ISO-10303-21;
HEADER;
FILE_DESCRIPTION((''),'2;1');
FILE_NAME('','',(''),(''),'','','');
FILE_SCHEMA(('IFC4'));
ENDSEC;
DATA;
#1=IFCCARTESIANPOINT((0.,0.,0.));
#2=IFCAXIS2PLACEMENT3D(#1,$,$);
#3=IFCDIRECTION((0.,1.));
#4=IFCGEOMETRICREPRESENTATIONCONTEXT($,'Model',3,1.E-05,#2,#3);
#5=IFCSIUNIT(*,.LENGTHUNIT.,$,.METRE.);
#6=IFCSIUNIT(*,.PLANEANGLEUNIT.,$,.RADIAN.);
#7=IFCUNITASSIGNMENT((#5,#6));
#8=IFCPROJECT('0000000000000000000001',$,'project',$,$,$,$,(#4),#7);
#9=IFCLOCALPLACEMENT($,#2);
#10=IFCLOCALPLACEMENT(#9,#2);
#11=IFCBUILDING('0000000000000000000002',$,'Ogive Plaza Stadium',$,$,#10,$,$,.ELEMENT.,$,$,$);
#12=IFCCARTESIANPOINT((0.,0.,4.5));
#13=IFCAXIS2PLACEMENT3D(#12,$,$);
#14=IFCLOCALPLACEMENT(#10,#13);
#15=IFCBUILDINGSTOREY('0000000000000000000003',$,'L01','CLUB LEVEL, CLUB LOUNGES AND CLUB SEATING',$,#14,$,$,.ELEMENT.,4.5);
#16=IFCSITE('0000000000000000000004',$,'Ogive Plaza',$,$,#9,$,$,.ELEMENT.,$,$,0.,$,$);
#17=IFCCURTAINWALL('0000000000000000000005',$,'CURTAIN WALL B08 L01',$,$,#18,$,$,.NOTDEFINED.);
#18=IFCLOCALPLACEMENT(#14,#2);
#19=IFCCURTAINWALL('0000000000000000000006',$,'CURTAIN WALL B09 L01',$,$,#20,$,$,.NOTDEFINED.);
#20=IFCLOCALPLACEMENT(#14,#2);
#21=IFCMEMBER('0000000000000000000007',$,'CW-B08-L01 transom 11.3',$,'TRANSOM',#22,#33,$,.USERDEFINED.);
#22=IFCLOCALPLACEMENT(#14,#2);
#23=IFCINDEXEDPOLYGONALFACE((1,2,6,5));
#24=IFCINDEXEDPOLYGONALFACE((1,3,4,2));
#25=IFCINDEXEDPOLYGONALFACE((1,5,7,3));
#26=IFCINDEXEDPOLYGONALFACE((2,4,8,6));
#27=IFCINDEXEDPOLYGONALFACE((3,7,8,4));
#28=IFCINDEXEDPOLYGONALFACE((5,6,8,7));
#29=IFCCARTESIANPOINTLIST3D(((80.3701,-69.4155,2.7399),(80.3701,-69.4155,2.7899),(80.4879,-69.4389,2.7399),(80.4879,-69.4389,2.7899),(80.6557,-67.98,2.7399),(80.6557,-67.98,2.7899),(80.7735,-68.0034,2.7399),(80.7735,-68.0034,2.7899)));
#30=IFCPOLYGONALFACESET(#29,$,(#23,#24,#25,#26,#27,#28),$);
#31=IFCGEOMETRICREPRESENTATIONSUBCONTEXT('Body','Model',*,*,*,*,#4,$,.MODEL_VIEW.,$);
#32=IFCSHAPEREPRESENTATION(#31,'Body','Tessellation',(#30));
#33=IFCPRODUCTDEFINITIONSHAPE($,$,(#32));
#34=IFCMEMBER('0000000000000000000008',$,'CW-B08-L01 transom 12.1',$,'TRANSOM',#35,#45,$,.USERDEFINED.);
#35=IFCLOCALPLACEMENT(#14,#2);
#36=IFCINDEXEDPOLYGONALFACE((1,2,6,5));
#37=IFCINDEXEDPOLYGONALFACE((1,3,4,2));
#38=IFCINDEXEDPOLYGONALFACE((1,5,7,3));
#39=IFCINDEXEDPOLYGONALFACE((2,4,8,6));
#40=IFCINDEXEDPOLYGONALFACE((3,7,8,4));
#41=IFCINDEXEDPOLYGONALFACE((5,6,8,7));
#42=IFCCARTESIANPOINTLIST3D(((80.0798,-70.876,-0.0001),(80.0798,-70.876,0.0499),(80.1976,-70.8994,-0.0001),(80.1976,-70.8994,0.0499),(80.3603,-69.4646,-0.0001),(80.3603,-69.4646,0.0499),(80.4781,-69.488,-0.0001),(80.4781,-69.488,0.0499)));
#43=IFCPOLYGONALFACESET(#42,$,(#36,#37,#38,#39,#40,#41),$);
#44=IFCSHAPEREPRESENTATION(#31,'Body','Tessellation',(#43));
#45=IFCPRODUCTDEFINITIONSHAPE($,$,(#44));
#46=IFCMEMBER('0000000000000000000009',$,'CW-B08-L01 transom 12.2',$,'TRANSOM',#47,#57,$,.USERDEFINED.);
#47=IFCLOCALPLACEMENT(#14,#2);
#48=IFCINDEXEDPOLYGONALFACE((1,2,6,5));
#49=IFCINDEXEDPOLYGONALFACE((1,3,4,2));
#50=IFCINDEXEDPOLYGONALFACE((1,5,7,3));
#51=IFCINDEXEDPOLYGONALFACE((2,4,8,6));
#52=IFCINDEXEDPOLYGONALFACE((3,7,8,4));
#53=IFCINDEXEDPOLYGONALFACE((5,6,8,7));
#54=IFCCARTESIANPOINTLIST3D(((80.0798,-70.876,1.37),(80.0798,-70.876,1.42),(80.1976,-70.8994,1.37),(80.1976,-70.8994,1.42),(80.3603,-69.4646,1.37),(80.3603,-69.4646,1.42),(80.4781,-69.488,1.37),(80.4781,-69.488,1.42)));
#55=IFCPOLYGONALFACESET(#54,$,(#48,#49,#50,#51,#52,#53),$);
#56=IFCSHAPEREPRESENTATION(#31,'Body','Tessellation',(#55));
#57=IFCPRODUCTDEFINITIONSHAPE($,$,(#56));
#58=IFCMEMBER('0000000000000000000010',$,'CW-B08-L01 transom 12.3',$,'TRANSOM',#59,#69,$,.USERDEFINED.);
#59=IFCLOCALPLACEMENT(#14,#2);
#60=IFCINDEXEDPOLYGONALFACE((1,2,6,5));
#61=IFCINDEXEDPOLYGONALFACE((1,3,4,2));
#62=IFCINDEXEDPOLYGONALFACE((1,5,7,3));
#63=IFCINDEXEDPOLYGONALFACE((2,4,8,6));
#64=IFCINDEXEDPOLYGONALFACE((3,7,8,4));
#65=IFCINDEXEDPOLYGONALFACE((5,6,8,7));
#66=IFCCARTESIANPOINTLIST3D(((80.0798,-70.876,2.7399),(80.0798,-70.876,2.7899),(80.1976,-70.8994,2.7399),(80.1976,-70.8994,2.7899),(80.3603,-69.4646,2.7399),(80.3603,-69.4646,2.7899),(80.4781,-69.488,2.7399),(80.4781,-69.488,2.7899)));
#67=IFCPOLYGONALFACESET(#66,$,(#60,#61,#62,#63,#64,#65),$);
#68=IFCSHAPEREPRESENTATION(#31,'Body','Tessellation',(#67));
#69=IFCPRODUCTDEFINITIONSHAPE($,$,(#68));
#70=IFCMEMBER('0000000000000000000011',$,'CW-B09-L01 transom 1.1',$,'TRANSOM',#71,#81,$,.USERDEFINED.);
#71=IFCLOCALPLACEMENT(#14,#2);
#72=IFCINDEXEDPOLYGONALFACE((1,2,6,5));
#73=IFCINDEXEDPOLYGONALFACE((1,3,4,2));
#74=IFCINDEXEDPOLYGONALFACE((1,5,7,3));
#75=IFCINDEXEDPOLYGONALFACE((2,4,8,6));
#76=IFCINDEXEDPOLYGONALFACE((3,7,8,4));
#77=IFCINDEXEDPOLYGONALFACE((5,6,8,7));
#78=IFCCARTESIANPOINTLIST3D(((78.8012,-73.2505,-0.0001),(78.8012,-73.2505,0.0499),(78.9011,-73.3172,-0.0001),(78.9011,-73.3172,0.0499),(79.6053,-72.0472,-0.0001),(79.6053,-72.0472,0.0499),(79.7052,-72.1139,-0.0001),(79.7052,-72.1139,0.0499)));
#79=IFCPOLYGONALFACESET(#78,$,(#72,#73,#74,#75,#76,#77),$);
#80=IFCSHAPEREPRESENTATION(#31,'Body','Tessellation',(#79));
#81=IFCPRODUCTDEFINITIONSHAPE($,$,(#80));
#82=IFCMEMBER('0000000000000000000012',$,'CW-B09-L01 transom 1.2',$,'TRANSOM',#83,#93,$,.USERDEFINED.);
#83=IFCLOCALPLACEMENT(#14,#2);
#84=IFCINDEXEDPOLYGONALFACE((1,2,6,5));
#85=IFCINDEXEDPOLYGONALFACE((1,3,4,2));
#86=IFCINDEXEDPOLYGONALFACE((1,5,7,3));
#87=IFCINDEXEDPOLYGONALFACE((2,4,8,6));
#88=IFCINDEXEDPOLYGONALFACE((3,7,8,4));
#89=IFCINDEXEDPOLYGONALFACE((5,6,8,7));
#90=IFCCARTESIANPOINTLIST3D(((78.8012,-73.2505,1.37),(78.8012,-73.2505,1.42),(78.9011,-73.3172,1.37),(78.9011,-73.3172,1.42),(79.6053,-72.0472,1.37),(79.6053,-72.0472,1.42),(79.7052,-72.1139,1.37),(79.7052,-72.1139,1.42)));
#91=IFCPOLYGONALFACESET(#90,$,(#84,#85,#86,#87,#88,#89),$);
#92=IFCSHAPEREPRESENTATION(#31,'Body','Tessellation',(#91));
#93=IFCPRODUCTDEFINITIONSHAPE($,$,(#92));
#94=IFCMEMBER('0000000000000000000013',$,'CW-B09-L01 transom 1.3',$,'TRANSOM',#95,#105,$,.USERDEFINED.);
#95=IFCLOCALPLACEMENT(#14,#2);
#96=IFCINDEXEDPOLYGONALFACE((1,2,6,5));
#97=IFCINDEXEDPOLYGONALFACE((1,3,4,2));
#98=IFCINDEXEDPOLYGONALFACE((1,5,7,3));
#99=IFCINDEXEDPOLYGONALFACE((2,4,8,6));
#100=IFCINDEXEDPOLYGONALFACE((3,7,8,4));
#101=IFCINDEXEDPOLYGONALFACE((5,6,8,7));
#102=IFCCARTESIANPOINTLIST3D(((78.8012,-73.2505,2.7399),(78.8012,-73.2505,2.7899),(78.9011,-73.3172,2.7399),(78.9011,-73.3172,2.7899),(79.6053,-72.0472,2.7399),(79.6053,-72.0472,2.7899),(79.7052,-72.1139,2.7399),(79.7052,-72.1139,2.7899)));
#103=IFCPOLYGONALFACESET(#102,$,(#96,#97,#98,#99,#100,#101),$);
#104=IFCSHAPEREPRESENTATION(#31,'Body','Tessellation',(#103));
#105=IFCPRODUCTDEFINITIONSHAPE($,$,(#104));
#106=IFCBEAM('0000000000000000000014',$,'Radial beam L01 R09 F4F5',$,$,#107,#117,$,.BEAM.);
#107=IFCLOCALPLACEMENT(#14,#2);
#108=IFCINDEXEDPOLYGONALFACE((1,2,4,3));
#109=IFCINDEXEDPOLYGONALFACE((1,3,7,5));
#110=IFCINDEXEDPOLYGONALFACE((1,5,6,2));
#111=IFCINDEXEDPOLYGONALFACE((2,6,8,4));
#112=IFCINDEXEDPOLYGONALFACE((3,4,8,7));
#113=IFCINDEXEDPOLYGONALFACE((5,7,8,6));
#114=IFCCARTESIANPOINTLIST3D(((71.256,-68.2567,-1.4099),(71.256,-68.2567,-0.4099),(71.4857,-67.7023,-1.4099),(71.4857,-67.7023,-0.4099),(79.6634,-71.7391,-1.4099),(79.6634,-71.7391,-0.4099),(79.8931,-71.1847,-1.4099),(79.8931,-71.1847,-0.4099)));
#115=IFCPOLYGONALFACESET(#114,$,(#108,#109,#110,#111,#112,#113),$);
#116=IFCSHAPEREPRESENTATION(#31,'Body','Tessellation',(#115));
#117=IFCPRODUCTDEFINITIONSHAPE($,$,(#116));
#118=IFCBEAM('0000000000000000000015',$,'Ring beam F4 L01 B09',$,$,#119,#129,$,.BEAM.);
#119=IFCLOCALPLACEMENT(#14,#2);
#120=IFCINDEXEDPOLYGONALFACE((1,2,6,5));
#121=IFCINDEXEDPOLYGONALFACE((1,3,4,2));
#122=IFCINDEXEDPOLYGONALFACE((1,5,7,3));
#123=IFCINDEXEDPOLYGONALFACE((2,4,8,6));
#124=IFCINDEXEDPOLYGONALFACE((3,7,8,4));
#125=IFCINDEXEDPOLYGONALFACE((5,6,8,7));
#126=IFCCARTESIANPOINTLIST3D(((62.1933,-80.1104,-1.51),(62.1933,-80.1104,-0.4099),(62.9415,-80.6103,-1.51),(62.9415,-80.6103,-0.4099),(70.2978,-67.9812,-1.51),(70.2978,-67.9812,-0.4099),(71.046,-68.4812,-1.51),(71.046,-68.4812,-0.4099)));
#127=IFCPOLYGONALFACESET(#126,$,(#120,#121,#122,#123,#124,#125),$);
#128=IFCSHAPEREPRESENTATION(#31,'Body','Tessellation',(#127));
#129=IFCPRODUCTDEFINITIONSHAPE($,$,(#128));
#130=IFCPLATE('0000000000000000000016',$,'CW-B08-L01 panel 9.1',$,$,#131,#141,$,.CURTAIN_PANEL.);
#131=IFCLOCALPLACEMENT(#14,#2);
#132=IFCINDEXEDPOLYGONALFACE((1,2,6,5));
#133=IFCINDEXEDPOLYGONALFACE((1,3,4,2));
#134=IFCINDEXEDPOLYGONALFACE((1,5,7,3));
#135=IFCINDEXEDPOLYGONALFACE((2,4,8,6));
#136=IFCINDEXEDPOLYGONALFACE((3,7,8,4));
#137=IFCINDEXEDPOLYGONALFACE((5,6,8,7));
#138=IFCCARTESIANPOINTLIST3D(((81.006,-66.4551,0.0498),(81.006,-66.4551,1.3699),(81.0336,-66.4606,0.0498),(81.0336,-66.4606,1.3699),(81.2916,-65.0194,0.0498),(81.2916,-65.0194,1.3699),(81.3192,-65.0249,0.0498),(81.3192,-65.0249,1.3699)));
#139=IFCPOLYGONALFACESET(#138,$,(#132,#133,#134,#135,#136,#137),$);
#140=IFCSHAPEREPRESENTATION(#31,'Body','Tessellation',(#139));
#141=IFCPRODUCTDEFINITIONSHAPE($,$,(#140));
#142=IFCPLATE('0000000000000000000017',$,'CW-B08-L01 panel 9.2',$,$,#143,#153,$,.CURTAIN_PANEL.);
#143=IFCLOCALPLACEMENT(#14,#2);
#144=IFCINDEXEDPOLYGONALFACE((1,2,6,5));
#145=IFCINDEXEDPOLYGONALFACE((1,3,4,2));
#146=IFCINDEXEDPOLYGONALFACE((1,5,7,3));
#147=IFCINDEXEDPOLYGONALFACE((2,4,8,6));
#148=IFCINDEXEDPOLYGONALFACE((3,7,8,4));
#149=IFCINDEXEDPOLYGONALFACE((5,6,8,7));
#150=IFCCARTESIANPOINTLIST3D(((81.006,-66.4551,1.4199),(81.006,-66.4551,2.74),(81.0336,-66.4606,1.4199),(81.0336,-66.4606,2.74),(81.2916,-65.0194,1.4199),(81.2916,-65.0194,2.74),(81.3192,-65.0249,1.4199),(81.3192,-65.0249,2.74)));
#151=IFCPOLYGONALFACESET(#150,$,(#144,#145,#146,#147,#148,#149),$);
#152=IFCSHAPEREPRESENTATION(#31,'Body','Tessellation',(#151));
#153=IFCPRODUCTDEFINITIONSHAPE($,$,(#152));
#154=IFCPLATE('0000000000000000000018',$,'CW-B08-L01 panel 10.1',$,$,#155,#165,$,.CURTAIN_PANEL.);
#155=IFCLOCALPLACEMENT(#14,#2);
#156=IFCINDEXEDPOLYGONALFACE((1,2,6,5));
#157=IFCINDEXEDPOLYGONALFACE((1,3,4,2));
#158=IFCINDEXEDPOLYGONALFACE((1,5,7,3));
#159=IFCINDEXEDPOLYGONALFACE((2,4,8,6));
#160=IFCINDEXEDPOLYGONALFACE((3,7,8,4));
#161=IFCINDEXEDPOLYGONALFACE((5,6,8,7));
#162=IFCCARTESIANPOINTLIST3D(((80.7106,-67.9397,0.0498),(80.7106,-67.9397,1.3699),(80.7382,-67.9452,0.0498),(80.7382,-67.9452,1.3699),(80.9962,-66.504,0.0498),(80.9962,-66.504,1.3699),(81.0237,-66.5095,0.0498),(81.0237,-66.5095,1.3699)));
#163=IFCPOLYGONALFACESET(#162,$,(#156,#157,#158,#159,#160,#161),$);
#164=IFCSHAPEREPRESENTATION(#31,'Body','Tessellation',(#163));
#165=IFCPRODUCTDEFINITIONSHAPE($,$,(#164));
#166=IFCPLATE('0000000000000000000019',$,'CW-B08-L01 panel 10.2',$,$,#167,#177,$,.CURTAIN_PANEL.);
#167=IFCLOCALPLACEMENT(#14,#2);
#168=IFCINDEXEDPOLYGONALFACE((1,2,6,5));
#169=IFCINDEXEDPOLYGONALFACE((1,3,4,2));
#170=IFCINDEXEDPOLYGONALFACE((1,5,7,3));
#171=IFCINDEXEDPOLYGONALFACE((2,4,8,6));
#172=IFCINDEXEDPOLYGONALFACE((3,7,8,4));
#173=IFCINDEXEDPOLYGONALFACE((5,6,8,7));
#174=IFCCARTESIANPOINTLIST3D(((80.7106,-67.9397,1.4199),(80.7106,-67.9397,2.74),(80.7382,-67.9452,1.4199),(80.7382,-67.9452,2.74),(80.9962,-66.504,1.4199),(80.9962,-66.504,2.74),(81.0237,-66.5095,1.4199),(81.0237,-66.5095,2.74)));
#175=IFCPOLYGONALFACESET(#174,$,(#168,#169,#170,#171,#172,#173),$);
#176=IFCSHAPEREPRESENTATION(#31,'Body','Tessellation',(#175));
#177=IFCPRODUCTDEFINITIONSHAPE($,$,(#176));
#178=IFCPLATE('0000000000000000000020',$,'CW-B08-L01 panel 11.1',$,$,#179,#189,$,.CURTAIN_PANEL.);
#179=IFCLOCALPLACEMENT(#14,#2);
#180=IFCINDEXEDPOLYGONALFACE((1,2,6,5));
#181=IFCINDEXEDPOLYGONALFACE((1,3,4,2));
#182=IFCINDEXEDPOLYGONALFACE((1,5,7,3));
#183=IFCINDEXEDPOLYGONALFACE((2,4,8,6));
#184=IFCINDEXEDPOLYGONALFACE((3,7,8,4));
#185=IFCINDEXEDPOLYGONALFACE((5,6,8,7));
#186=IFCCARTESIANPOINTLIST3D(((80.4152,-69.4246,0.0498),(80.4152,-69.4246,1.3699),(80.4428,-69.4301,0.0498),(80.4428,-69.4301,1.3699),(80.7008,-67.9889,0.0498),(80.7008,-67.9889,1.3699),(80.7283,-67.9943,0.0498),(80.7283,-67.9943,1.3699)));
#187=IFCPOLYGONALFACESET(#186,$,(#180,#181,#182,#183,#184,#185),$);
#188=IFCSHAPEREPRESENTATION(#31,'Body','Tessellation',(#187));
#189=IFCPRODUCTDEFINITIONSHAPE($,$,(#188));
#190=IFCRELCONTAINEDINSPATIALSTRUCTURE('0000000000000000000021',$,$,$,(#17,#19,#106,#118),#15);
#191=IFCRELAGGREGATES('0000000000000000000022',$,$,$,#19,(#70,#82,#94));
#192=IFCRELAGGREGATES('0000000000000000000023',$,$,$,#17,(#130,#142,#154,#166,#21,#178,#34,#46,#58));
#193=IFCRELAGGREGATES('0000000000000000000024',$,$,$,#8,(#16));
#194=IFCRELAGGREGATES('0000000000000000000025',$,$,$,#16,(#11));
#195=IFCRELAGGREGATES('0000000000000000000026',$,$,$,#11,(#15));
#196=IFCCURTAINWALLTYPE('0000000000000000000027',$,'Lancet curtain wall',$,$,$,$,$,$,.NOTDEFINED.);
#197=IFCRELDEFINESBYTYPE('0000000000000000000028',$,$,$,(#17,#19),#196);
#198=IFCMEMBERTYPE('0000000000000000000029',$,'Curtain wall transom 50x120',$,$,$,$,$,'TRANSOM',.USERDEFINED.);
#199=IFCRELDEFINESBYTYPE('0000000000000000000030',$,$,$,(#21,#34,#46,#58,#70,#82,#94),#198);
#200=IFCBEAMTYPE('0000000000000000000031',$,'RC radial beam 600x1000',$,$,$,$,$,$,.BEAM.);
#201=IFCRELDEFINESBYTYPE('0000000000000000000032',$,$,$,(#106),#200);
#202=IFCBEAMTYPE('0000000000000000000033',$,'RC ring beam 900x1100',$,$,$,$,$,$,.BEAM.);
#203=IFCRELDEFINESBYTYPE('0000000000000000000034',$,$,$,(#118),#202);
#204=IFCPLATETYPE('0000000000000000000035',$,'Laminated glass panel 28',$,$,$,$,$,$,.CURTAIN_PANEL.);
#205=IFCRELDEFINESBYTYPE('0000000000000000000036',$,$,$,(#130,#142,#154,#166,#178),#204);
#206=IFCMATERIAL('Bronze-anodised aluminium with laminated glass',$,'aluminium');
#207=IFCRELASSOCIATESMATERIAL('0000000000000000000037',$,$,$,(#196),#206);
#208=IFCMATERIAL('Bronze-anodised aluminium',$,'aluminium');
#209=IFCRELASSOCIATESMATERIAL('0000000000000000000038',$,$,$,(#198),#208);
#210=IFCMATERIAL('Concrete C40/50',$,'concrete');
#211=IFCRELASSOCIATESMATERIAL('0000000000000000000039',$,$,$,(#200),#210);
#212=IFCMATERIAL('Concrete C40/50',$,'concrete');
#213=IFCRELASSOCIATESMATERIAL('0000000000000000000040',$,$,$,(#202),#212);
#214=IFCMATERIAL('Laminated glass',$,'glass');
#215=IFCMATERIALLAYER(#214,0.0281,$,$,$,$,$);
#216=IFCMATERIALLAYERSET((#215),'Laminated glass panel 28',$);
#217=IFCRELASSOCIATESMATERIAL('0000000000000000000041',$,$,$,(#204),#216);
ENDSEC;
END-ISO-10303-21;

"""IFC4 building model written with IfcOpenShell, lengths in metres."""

from ifc_helpers import new_model, si_unit, direction, frame, origin, origin_2d, place, context, subcontext, project, spatial, rectangle, extrude, material, layer, layer_set, material_profile, profile_set, type_object, element, aggregate, save


model = new_model("IFC4")

# Units and contexts
model_context = context("Model", 3, precision=1e-05, world=origin(), true_north=direction((0.0, 1.0)))
body_context = subcontext(model_context, "Body", "Model", "MODEL_VIEW")
ifc_project = project(units=[si_unit("LENGTHUNIT", "METRE"), si_unit("PLANEANGLEUNIT", "RADIAN")], contexts=[model_context])

# Site, building, storey
site_placement = place(None, origin())
site = spatial("IfcSite", under=ifc_project, at=site_placement, Name="Ogive Plaza", CompositionType="ELEMENT", RefElevation=0.0)
building_placement = place(site_placement, origin())
building = spatial("IfcBuilding", under=site, at=building_placement, Name="Ogive Plaza Stadium", CompositionType="ELEMENT")
storey_placement = place(building_placement, frame((0.0, 0.0, 4.5)))
storey = spatial("IfcBuildingStorey", under=building, at=storey_placement, Name="L01", Description="CLUB LEVEL, CLUB LOUNGES AND CLUB SEATING", CompositionType="ELEMENT", Elevation=4.5)

# Curtain wall
ifc_material_1 = material(Name="Bronze-anodised aluminium with laminated glass", Category="aluminium")
curtain_wall_type = type_object("IfcCurtainWallType", Name="Lancet curtain wall", PredefinedType="NOTDEFINED", material=ifc_material_1)
curtain_wall_1_placement = place(storey_placement, origin())
curtain_wall_1 = element("IfcCurtainWall", 1, at=curtain_wall_1_placement, inside=storey, type_object=curtain_wall_type, Name="CURTAIN WALL B08 L01", PredefinedType="NOTDEFINED")

# Curtain wall
curtain_wall_2_placement = place(storey_placement, origin())
curtain_wall_2 = element("IfcCurtainWall", 2, at=curtain_wall_2_placement, inside=storey, type_object=curtain_wall_type, Name="CURTAIN WALL B09 L01", PredefinedType="NOTDEFINED")

# Members
ifc_material_2 = material(Name="Bronze-anodised aluminium", Category="aluminium")
ifc_material_profile_1 = material_profile(ifc_material_2, rectangle(XDim=0.1201, YDim=0.05, at=origin_2d()), Name="AL 120x50")
ifc_profile_set_1 = profile_set([ifc_material_profile_1], Name="Bronze-anodised aluminium")
member_type_1 = type_object("IfcMemberType", Name="Curtain wall transom 50x120", ElementType="TRANSOM", PredefinedType="USERDEFINED", material=ifc_profile_set_1)
member_1_placement = place(storey_placement, frame((80.7146, -67.9917, 2.7649), z_axis=(-0.195154, -0.980773, 0.0), x_axis=(0.980773, -0.195154, 0.0)))
member_1 = element("IfcMember", 3, at=member_1_placement, type_object=member_type_1, Name="CW-B08-L01 transom 11.3", ObjectType="TRANSOM", PredefinedType="USERDEFINED", context=body_context, shape_type="SweptSolid", body=[
    extrude(rectangle(XDim=0.1201, YDim=0.05, at=origin_2d()), origin(), (0.0, 0.0, 1.0), 1.4636),
])
member_2_placement = place(storey_placement, frame((80.4192, -69.4763, 0.0249), z_axis=(-0.194941, -0.980815, 0.0), x_axis=(0.980815, -0.194941, 0.0)))
member_2 = element("IfcMember", 4, at=member_2_placement, type_object=member_type_1, Name="CW-B08-L01 transom 12.1", ObjectType="TRANSOM", PredefinedType="USERDEFINED", context=body_context, shape_type="SweptSolid", body=[
    extrude(rectangle(XDim=0.1201, YDim=0.05, at=origin_2d()), origin(), (0.0, 0.0, 1.0), 1.439),
])
member_3_placement = place(storey_placement, frame((80.4192, -69.4763, 1.395), z_axis=(-0.194941, -0.980815, 0.0), x_axis=(0.980815, -0.194941, 0.0)))
member_3 = element("IfcMember", 5, at=member_3_placement, type_object=member_type_1, Name="CW-B08-L01 transom 12.2", ObjectType="TRANSOM", PredefinedType="USERDEFINED", context=body_context, shape_type="SweptSolid", body=[
    extrude(rectangle(XDim=0.1201, YDim=0.05, at=origin_2d()), origin(), (0.0, 0.0, 1.0), 1.439),
])
member_4_placement = place(storey_placement, frame((80.4192, -69.4763, 2.7649), z_axis=(-0.194941, -0.980815, 0.0), x_axis=(0.980815, -0.194941, 0.0)))
member_4 = element("IfcMember", 6, at=member_4_placement, type_object=member_type_1, Name="CW-B08-L01 transom 12.3", ObjectType="TRANSOM", PredefinedType="USERDEFINED", context=body_context, shape_type="SweptSolid", body=[
    extrude(rectangle(XDim=0.1201, YDim=0.05, at=origin_2d()), origin(), (0.0, 0.0, 1.0), 1.439),
])
member_5_placement = place(storey_placement, frame((79.6553, -72.0806, 0.0249), z_axis=(-0.555634, -0.831427, 0.0), x_axis=(0.831427, -0.555634, 0.0)))
member_5 = element("IfcMember", 7, at=member_5_placement, type_object=member_type_1, Name="CW-B09-L01 transom 1.1", ObjectType="TRANSOM", PredefinedType="USERDEFINED", context=body_context, shape_type="SweptSolid", body=[
    extrude(rectangle(XDim=0.1201, YDim=0.05, at=origin_2d()), origin(), (0.0, 0.0, 1.0), 1.4473),
])
member_6_placement = place(storey_placement, frame((79.6553, -72.0806, 1.395), z_axis=(-0.555634, -0.831427, 0.0), x_axis=(0.831427, -0.555634, 0.0)))
member_6 = element("IfcMember", 8, at=member_6_placement, type_object=member_type_1, Name="CW-B09-L01 transom 1.2", ObjectType="TRANSOM", PredefinedType="USERDEFINED", context=body_context, shape_type="SweptSolid", body=[
    extrude(rectangle(XDim=0.1201, YDim=0.05, at=origin_2d()), origin(), (0.0, 0.0, 1.0), 1.4473),
])
member_7_placement = place(storey_placement, frame((79.6553, -72.0806, 2.7649), z_axis=(-0.555634, -0.831427, 0.0), x_axis=(0.831427, -0.555634, 0.0)))
member_7 = element("IfcMember", 9, at=member_7_placement, type_object=member_type_1, Name="CW-B09-L01 transom 1.3", ObjectType="TRANSOM", PredefinedType="USERDEFINED", context=body_context, shape_type="SweptSolid", body=[
    extrude(rectangle(XDim=0.1201, YDim=0.05, at=origin_2d()), origin(), (0.0, 0.0, 1.0), 1.4473),
])
aggregate(curtain_wall_2, [member_5, member_6, member_7])

# Beams
ifc_material_3 = material(Name="Concrete C40/50", Category="concrete")
ifc_material_profile_2 = material_profile(ifc_material_3, rectangle(XDim=0.6001, YDim=1.0, at=origin_2d()), Name="RC 600x1000")
ifc_profile_set_2 = profile_set([ifc_material_profile_2], Name="Concrete C40/50")
beam_type_1 = type_object("IfcBeamType", Name="RC radial beam 600x1000", PredefinedType="BEAM", material=ifc_profile_set_2)
beam_1_placement = place(storey_placement, frame((71.3708, -67.9795, -0.9099), z_axis=(0.923882, -0.382677, 0.0), x_axis=(0.382677, 0.923882, 0.0)))
element("IfcBeam", 10, at=beam_1_placement, inside=storey, type_object=beam_type_1, Name="Radial beam L01 R09 F4F5", PredefinedType="BEAM", context=body_context, shape_type="SweptSolid", body=[
    extrude(rectangle(XDim=0.6001, YDim=1.0, at=origin_2d()), origin(), (0.0, 0.0, 1.0), 9.1001),
])
ifc_material_4 = material(Name="Concrete C40/50", Category="concrete")
ifc_material_profile_3 = material_profile(ifc_material_4, rectangle(XDim=0.8999, YDim=1.1001, at=origin_2d()), Name="RC 900x1100")
ifc_profile_set_3 = profile_set([ifc_material_profile_3], Name="Concrete C40/50")
beam_type_2 = type_object("IfcBeamType", Name="RC ring beam 900x1100", PredefinedType="BEAM", material=ifc_profile_set_3)
beam_2_placement = place(storey_placement, frame((70.6719, -68.2312, -0.96), z_axis=(-0.555573, -0.831468, 0.0), x_axis=(0.831468, -0.555573, 0.0)))
element("IfcBeam", 11, at=beam_2_placement, inside=storey, type_object=beam_type_2, Name="Ring beam F4 L01 B09", PredefinedType="BEAM", context=body_context, shape_type="SweptSolid", body=[
    extrude(rectangle(XDim=0.8999, YDim=1.1001, at=origin_2d()), origin(), (0.0, 0.0, 1.0), 14.5876),
])

# Plates
ifc_material_5 = material(Name="Laminated glass", Category="glass")
ifc_layer = layer(ifc_material_5, 0.0281)
ifc_layer_set = layer_set([ifc_layer], Name="Laminated glass panel 28")
plate_type = type_object("IfcPlateType", Name="Laminated glass panel 28", PredefinedType="CURTAIN_PANEL", material=ifc_layer_set)
plate_1_placement = place(storey_placement, frame((81.1626, -65.74, 0.0498), z_axis=(0.0, 0.0, 1.0), x_axis=(-0.19509, -0.980785, 0.0)))
plate_1 = element("IfcPlate", 12, at=plate_1_placement, type_object=plate_type, Name="CW-B08-L01 panel 9.1", PredefinedType="CURTAIN_PANEL", context=body_context, shape_type="SweptSolid", body=[
    extrude(rectangle(XDim=1.4639, YDim=0.0281, at=origin_2d()), origin(), (0.0, 0.0, 1.0), 1.3201),
])
plate_2_placement = place(storey_placement, frame((81.1626, -65.74, 1.4199), z_axis=(0.0, 0.0, 1.0), x_axis=(-0.19509, -0.980785, 0.0)))
plate_2 = element("IfcPlate", 13, at=plate_2_placement, type_object=plate_type, Name="CW-B08-L01 panel 9.2", PredefinedType="CURTAIN_PANEL", context=body_context, shape_type="SweptSolid", body=[
    extrude(rectangle(XDim=1.4639, YDim=0.0281, at=origin_2d()), origin(), (0.0, 0.0, 1.0), 1.3201),
])
plate_3_placement = place(storey_placement, frame((80.8672, -67.2246, 0.0498), z_axis=(0.0, 0.0, 1.0), x_axis=(-0.19509, -0.980785, 0.0)))
plate_3 = element("IfcPlate", 14, at=plate_3_placement, type_object=plate_type, Name="CW-B08-L01 panel 10.1", PredefinedType="CURTAIN_PANEL", context=body_context, shape_type="SweptSolid", body=[
    extrude(rectangle(XDim=1.4639, YDim=0.0281, at=origin_2d()), origin(), (0.0, 0.0, 1.0), 1.3201),
])
plate_4_placement = place(storey_placement, frame((80.8672, -67.2246, 1.4199), z_axis=(0.0, 0.0, 1.0), x_axis=(-0.19509, -0.980785, 0.0)))
plate_4 = element("IfcPlate", 15, at=plate_4_placement, type_object=plate_type, Name="CW-B08-L01 panel 10.2", PredefinedType="CURTAIN_PANEL", context=body_context, shape_type="SweptSolid", body=[
    extrude(rectangle(XDim=1.4639, YDim=0.0281, at=origin_2d()), origin(), (0.0, 0.0, 1.0), 1.3201),
])
plate_5_placement = place(storey_placement, frame((80.5718, -68.7095, 0.0498), z_axis=(0.0, 0.0, 1.0), x_axis=(-0.19509, -0.980785, 0.0)))
plate_5 = element("IfcPlate", 16, at=plate_5_placement, type_object=plate_type, Name="CW-B08-L01 panel 11.1", PredefinedType="CURTAIN_PANEL", context=body_context, shape_type="SweptSolid", body=[
    extrude(rectangle(XDim=1.4639, YDim=0.0281, at=origin_2d()), origin(), (0.0, 0.0, 1.0), 1.3201),
])
aggregate(curtain_wall_1, [plate_1, plate_2, plate_3, plate_4, member_1, plate_5, member_2, member_3, member_4])

save(model, "model.ifc")
